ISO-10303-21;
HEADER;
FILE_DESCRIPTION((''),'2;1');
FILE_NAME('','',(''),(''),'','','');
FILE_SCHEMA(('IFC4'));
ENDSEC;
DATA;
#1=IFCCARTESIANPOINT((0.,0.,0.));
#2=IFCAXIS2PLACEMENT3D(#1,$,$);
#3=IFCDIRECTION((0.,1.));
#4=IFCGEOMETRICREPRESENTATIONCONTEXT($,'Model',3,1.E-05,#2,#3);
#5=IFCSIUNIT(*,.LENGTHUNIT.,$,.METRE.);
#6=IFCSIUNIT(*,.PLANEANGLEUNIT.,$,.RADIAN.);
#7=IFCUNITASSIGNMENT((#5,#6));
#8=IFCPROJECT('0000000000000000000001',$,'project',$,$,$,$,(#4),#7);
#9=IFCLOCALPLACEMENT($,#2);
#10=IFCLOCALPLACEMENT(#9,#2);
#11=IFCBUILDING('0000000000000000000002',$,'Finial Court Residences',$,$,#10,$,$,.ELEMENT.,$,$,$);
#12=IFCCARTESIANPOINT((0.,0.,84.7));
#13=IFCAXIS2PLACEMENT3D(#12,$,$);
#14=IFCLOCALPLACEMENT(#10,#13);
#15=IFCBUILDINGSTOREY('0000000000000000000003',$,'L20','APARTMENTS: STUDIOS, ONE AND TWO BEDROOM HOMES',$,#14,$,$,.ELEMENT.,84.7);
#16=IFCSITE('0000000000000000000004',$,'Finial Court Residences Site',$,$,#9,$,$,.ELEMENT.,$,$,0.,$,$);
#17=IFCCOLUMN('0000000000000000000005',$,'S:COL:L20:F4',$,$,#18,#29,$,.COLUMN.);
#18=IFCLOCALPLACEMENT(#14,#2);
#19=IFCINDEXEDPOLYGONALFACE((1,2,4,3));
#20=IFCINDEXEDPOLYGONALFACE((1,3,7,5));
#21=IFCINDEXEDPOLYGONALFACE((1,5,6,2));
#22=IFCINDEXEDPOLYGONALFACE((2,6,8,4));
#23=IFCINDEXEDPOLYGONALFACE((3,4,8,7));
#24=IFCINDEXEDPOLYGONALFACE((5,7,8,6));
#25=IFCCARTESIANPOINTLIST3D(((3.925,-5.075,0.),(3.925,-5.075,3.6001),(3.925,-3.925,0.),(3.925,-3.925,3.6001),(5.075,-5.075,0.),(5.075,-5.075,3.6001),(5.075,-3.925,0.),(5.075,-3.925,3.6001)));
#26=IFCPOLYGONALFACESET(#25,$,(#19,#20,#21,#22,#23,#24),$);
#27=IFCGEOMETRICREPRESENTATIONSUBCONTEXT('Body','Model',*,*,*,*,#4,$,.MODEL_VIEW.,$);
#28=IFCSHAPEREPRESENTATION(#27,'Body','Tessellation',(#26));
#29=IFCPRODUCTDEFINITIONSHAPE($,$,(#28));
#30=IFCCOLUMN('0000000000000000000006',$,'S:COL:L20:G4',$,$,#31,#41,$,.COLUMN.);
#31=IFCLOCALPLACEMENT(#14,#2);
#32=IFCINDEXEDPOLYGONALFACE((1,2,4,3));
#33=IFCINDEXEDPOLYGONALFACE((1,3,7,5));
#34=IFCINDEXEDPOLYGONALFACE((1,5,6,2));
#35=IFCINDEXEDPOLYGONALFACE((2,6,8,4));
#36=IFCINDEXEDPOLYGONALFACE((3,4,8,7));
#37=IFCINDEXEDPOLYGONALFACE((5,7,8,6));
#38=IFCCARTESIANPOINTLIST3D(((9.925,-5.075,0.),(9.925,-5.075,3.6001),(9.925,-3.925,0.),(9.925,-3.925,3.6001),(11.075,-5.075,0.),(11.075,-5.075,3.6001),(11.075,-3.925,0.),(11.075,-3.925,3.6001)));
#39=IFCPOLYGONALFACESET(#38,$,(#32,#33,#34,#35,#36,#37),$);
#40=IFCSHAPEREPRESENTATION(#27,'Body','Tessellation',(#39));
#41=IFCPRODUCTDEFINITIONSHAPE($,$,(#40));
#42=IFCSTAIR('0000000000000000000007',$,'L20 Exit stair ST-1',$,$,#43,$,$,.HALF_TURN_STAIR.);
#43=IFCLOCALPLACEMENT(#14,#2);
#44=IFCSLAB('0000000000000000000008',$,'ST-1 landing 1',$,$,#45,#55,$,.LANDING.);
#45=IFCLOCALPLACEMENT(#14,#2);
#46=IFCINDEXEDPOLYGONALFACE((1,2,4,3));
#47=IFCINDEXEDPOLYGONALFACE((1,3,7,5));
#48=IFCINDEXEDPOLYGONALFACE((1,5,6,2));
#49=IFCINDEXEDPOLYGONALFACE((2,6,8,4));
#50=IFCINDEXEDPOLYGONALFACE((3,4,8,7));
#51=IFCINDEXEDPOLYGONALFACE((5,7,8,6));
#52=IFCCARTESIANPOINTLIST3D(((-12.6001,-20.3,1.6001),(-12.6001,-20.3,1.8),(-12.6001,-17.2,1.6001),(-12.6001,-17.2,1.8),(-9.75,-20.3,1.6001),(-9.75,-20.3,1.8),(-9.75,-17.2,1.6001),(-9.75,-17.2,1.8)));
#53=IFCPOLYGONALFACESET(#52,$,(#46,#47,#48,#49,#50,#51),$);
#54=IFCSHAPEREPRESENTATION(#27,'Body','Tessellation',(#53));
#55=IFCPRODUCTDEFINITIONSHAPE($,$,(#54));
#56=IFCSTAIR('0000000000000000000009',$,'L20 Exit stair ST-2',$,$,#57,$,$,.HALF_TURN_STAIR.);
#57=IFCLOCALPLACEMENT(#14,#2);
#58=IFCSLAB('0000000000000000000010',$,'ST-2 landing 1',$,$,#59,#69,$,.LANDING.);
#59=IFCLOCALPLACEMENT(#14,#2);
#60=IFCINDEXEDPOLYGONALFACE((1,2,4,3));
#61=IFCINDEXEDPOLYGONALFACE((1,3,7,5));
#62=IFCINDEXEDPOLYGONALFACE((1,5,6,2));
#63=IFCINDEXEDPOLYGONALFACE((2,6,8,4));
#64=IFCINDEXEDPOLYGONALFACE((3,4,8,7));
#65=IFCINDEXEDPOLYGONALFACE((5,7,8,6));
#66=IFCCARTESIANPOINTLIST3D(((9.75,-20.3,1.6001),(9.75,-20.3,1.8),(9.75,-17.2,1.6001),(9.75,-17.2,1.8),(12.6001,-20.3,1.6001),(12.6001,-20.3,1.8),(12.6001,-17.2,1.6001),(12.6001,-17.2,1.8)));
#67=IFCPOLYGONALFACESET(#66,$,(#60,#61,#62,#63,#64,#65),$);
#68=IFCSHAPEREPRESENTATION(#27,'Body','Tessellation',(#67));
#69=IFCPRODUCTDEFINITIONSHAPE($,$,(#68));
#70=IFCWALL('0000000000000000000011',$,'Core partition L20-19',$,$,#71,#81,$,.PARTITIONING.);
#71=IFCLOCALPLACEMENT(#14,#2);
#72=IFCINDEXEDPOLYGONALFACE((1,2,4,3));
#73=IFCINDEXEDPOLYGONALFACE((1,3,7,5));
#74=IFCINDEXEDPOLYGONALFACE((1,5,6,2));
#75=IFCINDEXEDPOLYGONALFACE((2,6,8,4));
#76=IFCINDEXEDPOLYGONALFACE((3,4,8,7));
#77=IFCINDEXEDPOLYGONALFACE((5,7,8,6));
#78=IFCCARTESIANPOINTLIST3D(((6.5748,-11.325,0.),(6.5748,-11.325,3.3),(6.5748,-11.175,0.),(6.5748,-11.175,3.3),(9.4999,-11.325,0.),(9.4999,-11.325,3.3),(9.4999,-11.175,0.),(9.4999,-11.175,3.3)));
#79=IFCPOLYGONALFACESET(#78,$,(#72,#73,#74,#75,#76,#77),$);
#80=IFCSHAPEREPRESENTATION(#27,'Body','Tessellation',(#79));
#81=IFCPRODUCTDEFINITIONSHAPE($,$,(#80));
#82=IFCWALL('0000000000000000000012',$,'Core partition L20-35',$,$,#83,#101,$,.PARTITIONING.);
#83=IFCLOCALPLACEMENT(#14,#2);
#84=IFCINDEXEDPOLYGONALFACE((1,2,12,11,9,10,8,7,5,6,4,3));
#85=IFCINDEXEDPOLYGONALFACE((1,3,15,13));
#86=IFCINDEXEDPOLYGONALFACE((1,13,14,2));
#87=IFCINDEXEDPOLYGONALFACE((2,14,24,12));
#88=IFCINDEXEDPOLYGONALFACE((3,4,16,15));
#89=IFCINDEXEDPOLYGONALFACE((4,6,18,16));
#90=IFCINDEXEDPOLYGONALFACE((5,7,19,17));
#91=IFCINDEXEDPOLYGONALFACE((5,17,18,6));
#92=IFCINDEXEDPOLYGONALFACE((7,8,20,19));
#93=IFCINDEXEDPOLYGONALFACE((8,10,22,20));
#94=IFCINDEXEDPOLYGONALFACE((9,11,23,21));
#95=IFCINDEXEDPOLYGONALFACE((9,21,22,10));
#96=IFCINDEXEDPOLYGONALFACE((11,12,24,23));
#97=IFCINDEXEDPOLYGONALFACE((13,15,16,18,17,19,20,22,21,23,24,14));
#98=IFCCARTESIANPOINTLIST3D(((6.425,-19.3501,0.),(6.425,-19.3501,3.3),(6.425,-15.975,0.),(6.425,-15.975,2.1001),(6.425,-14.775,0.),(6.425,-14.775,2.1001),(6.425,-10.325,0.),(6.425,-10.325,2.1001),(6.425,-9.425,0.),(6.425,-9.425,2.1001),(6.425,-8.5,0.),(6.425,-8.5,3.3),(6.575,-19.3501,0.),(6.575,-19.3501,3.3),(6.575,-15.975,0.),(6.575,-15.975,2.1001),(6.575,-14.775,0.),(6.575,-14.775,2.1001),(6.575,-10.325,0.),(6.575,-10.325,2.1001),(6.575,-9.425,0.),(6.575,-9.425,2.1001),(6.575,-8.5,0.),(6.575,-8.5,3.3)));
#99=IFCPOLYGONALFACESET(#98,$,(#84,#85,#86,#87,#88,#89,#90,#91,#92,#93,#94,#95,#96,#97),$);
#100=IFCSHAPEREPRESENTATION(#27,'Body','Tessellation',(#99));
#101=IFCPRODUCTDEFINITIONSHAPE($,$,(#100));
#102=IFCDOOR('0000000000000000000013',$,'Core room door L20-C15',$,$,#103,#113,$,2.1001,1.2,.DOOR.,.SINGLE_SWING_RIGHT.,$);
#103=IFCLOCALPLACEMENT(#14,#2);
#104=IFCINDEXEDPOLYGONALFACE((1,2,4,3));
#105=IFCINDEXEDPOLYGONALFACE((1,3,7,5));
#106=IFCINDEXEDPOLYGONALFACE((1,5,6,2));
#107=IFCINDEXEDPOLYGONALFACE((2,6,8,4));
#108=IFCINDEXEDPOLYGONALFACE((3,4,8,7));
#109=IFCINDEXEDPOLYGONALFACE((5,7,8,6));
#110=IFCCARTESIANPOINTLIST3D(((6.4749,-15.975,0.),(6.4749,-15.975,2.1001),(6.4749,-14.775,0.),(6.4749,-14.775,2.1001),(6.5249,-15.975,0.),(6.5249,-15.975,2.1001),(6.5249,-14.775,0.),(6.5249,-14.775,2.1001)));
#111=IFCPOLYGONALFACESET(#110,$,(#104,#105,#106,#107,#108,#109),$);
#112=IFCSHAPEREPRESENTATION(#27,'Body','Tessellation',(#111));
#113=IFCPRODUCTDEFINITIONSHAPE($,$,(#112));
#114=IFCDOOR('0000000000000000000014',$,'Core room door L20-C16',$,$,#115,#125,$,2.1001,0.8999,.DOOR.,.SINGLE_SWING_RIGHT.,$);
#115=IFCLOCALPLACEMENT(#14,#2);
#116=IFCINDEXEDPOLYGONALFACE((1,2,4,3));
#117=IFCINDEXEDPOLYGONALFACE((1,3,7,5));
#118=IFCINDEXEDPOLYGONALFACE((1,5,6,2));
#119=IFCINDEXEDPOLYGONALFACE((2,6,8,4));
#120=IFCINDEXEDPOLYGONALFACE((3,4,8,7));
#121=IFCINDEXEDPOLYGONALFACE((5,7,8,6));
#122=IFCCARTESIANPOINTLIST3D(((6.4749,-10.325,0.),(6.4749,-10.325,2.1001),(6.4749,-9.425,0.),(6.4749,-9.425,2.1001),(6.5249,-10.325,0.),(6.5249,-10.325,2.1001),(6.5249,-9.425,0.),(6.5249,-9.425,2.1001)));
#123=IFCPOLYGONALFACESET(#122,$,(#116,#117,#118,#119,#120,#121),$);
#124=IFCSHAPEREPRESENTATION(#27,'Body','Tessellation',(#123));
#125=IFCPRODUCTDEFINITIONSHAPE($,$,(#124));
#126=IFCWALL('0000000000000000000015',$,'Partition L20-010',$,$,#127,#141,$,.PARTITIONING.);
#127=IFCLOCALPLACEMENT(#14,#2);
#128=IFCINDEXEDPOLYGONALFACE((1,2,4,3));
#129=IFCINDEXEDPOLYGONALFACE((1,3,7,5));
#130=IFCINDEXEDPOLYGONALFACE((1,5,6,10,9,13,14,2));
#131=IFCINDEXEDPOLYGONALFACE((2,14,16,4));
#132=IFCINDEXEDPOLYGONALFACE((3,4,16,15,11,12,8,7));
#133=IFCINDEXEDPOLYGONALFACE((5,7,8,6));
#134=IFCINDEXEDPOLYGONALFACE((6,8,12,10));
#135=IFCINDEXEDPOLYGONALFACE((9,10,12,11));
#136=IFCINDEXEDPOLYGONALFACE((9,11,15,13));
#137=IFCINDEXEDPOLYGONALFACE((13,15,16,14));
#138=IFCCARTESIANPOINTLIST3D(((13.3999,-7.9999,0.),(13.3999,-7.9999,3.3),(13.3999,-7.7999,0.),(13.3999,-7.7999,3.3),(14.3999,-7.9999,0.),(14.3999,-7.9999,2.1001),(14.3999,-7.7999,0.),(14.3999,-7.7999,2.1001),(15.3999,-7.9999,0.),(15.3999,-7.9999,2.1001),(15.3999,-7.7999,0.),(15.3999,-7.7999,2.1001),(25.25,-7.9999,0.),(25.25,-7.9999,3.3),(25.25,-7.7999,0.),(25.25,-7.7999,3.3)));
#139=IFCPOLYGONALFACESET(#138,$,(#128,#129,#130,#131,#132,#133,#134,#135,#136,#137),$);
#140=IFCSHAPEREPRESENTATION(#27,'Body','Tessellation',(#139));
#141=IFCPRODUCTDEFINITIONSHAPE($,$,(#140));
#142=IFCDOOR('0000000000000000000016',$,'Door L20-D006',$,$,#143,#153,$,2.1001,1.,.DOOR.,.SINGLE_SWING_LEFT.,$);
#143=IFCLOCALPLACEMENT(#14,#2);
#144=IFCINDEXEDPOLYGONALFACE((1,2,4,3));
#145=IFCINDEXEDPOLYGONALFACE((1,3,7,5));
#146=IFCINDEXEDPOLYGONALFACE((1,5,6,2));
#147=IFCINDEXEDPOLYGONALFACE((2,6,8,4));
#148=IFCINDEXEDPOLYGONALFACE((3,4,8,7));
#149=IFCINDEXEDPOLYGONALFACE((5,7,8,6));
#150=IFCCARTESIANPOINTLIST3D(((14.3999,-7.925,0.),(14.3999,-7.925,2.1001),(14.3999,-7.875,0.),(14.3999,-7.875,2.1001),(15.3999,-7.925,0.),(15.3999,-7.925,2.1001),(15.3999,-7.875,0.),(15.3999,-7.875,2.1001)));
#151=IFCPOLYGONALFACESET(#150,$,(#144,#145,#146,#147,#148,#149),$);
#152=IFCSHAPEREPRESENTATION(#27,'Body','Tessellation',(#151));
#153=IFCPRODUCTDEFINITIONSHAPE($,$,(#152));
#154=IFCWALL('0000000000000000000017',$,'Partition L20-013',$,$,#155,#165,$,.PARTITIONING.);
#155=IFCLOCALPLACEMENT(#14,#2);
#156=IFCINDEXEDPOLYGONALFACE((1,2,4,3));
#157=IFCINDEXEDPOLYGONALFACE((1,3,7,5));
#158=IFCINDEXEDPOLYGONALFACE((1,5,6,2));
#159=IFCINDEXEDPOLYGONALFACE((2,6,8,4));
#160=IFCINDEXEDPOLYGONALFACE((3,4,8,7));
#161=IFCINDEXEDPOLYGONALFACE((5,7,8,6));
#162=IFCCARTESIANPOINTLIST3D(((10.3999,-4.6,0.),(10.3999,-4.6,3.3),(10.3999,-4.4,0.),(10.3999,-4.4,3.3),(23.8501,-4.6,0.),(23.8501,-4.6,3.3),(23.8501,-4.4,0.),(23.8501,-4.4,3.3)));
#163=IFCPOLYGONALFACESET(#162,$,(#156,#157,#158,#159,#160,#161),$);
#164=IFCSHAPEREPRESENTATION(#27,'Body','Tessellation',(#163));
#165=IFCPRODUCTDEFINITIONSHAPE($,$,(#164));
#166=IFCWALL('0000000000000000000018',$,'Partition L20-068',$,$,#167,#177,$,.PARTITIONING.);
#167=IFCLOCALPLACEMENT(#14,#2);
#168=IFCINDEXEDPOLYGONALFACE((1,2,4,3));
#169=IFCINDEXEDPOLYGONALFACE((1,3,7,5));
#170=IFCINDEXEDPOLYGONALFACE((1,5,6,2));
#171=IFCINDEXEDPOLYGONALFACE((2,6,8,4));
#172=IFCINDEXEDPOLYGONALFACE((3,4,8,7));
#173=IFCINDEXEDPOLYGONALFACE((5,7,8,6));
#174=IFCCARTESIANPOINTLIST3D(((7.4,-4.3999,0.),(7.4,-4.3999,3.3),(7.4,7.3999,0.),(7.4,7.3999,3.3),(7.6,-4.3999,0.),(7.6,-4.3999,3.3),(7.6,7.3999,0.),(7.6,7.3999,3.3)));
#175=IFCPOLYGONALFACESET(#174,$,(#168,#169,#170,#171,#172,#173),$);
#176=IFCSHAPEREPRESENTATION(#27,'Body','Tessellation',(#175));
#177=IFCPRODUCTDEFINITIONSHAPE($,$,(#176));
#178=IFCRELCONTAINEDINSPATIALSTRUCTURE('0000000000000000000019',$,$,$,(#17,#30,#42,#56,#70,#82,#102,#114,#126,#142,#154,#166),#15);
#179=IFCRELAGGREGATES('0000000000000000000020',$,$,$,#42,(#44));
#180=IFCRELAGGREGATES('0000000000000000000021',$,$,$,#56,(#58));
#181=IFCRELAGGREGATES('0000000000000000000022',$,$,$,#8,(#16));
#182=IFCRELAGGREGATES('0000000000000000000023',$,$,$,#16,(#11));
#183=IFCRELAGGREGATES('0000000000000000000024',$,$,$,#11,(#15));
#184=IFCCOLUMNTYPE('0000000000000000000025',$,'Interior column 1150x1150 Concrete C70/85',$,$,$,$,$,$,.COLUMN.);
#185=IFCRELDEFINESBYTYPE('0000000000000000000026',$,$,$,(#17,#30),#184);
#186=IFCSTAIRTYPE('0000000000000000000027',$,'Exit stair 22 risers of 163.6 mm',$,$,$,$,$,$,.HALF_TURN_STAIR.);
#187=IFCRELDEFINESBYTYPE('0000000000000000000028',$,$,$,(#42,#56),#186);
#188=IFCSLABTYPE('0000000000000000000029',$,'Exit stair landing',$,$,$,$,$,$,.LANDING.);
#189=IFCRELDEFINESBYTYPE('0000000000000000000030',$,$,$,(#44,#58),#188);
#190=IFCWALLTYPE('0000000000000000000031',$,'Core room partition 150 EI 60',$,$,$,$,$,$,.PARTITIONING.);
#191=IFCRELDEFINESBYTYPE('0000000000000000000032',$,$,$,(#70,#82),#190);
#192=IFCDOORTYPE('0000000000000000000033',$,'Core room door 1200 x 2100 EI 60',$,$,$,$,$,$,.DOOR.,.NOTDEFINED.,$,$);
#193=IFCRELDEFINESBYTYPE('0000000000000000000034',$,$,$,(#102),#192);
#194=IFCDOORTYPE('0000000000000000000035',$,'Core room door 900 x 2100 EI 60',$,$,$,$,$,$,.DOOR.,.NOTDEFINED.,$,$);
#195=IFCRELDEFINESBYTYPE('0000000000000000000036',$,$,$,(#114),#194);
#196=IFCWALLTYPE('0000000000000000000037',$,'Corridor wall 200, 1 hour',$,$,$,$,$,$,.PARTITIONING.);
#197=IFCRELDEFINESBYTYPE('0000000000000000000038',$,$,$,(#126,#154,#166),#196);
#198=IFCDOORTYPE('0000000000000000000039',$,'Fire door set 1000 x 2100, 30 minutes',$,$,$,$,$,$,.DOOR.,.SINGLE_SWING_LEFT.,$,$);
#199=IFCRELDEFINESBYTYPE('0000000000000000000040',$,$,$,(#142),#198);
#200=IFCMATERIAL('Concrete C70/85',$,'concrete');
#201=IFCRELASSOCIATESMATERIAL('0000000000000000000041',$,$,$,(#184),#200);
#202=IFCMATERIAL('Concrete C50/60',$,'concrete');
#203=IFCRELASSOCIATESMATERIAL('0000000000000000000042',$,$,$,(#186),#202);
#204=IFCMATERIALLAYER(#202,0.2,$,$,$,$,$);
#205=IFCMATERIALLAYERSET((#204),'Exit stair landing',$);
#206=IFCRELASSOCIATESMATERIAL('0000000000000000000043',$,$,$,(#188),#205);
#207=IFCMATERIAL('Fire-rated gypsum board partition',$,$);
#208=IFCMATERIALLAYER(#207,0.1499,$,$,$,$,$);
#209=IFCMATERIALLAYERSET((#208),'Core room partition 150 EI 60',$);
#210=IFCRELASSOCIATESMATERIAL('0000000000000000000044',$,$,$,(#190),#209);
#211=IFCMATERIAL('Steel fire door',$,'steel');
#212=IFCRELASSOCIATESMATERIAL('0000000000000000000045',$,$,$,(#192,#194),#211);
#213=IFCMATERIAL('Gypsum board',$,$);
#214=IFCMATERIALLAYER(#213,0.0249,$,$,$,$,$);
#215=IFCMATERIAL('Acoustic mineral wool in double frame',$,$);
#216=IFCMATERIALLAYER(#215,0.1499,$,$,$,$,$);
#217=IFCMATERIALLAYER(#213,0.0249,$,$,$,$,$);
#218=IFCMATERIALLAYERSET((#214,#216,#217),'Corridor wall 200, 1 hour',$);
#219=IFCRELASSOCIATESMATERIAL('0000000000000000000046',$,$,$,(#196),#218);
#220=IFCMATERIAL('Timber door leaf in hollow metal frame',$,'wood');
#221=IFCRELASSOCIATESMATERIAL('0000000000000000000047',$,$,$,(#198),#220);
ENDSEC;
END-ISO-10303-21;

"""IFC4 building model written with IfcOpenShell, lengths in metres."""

from ifc_helpers import new_model, si_unit, direction, frame, frame_2d, origin, origin_2d, place, context, subcontext, project, spatial, polyline, rectangle, outline, extrude, material, layer, layer_set, material_profile, profile_set, type_object, element, fill, aggregate, save


model = new_model("IFC4")

# Units and contexts
model_context = context("Model", 3, precision=1e-05, world=origin(), true_north=direction((0.0, 1.0)))
body_context = subcontext(model_context, "Body", "Model", "MODEL_VIEW")
ifc_project = project(units=[si_unit("LENGTHUNIT", "METRE"), si_unit("PLANEANGLEUNIT", "RADIAN")], contexts=[model_context])

# Site, building, storey
site_placement = place(None, origin())
site = spatial("IfcSite", under=ifc_project, at=site_placement, Name="Finial Court Residences Site", CompositionType="ELEMENT", RefElevation=0.0)
building_placement = place(site_placement, origin())
building = spatial("IfcBuilding", under=site, at=building_placement, Name="Finial Court Residences", CompositionType="ELEMENT")
storey_placement = place(building_placement, frame((0.0, 0.0, 84.7)))
storey = spatial("IfcBuildingStorey", under=building, at=storey_placement, Name="L20", Description="APARTMENTS: STUDIOS, ONE AND TWO BEDROOM HOMES", CompositionType="ELEMENT", Elevation=84.7)

# Columns
ifc_material_1 = material(Name="Concrete C70/85", Category="concrete")
ifc_material_profile = material_profile(ifc_material_1, rectangle(XDim=1.1499, YDim=1.1499, at=origin_2d()), Name="1150x1150")
ifc_profile_set = profile_set([ifc_material_profile], Name="Concrete C70/85")
column_type = type_object("IfcColumnType", Name="Interior column 1150x1150 Concrete C70/85", PredefinedType="COLUMN", material=ifc_profile_set)
for number, where, z_axis, x_axis, name in (
    (1, (4.5, -4.5, 0.0), (0.0, 0.0, 1.0), (1.0, 0.0, 0.0), "S:COL:L20:F4"),
    (2, (10.5, -4.5, 0.0), (0.0, 0.0, 1.0), (1.0, 0.0, 0.0), "S:COL:L20:G4"),
):
    element("IfcColumn", number, at=place(storey_placement, frame(where, z_axis=z_axis, x_axis=x_axis)), inside=storey, type_object=column_type, Name=name, PredefinedType="COLUMN", context=body_context, shape_type="SweptSolid", body=[
        extrude(rectangle(XDim=1.1499, YDim=1.1499, at=origin_2d()), origin(), (0.0, 0.0, 1.0), 3.6001),
    ])

# Stairs, slabs
ifc_material_2 = material(Name="Concrete C50/60", Category="concrete")
stair_type = type_object("IfcStairType", Name="Exit stair 22 risers of 163.6 mm", PredefinedType="HALF_TURN_STAIR", material=ifc_material_2)
stair_1_placement = place(storey_placement, origin())
stair_1 = element("IfcStair", 3, at=stair_1_placement, inside=storey, type_object=stair_type, Name="L20 Exit stair ST-1", PredefinedType="HALF_TURN_STAIR")
ifc_layer_1 = layer(ifc_material_2, 0.2)
ifc_layer_set_1 = layer_set([ifc_layer_1], Name="Exit stair landing")
slab_type = type_object("IfcSlabType", Name="Exit stair landing", PredefinedType="LANDING", material=ifc_layer_set_1)
slab_1_placement = place(storey_placement, frame((0.0, 0.0, 1.6001)))
slab_1 = element("IfcSlab", 4, at=slab_1_placement, type_object=slab_type, Name="ST-1 landing 1", PredefinedType="LANDING", context=body_context, shape_type="SweptSolid", body=[
    extrude(outline(polyline([(-9.75, -20.3), (-9.75, -17.2), (-12.6001, -17.2), (-12.6001, -20.3), (-9.75, -20.3)])), origin(), (0.0, 0.0, 1.0), 0.2),
])
aggregate(stair_1, [slab_1])
stair_2_placement = place(storey_placement, origin())
stair_2 = element("IfcStair", 5, at=stair_2_placement, inside=storey, type_object=stair_type, Name="L20 Exit stair ST-2", PredefinedType="HALF_TURN_STAIR")
slab_2_placement = place(storey_placement, frame((0.0, 0.0, 1.6001)))
slab_2 = element("IfcSlab", 6, at=slab_2_placement, type_object=slab_type, Name="ST-2 landing 1", PredefinedType="LANDING", context=body_context, shape_type="SweptSolid", body=[
    extrude(outline(polyline([(12.6001, -20.3), (12.6001, -17.2), (9.75, -17.2), (9.75, -20.3), (12.6001, -20.3)])), origin(), (0.0, 0.0, 1.0), 0.2),
])
aggregate(stair_2, [slab_2])

# Wall
ifc_material_3 = material(Name="Fire-rated gypsum board partition")
ifc_layer_2 = layer(ifc_material_3, 0.1499)
ifc_layer_set_2 = layer_set([ifc_layer_2], Name="Core room partition 150 EI 60")
wall_type_1 = type_object("IfcWallType", Name="Core room partition 150 EI 60", PredefinedType="PARTITIONING", material=ifc_layer_set_2)
wall_1_placement = place(storey_placement, frame((6.575, -11.25, 0.0), z_axis=(0.0, 0.0, 1.0), x_axis=(1.0, 0.0, 0.0)))
element("IfcWall", 7, at=wall_1_placement, inside=storey, type_object=wall_type_1, Name="Core partition L20-19", PredefinedType="PARTITIONING", context=body_context, shape_type="SweptSolid", body=[
    extrude(rectangle(XDim=2.925, YDim=0.1499, at=frame_2d((1.4624, 0.0))), origin(), (0.0, 0.0, 1.0), 3.3),
])

# Wall, openings, doors
wall_2_placement = place(storey_placement, frame((6.5, -8.5, 0.0), z_axis=(0.0, 0.0, 1.0), x_axis=(0.0, -1.0, 0.0)))
wall_2 = element("IfcWall", 8, at=wall_2_placement, inside=storey, type_object=wall_type_1, Name="Core partition L20-35", PredefinedType="PARTITIONING", context=body_context, shape_type="SweptSolid", body=[
    extrude(rectangle(XDim=10.8501, YDim=0.1499, at=frame_2d((5.425, 0.0))), origin(), (0.0, 0.0, 1.0), 3.3),
])
opening_1_placement = place(wall_2_placement, frame((6.2749, 0.0, 0.0)))
opening_1 = element("IfcOpeningElement", 9, at=opening_1_placement, cuts=wall_2, PredefinedType="OPENING", context=body_context, shape_type="SweptSolid", body=[
    extrude(rectangle(XDim=1.2, YDim=2.1001, at=frame_2d((0.6001, 1.05))), frame((0.0, 0.085, 0.0), z_axis=(0.0, -1.0, 0.0), x_axis=(1.0, 0.0, 0.0)), (0.0, 0.0, 1.0), 0.1699),
])
opening_2_placement = place(wall_2_placement, frame((0.925, 0.0, 0.0)))
opening_2 = element("IfcOpeningElement", 10, at=opening_2_placement, cuts=wall_2, PredefinedType="OPENING", context=body_context, shape_type="SweptSolid", body=[
    extrude(rectangle(XDim=0.8999, YDim=2.1001, at=frame_2d((0.45, 1.05))), frame((0.0, 0.085, 0.0), z_axis=(0.0, -1.0, 0.0), x_axis=(1.0, 0.0, 0.0)), (0.0, 0.0, 1.0), 0.1699),
])
ifc_material_4 = material(Name="Steel fire door", Category="steel")
door_type_1 = type_object("IfcDoorType", Name="Core room door 1200 x 2100 EI 60", OperationType="NOTDEFINED", PredefinedType="DOOR", material=ifc_material_4)
door_1_placement = place(opening_1_placement, origin())
door_1 = element("IfcDoor", 11, at=door_1_placement, inside=storey, type_object=door_type_1, Name="Core room door L20-C15", OperationType="SINGLE_SWING_RIGHT", OverallHeight=2.1001, OverallWidth=1.2, PredefinedType="DOOR", context=body_context, shape_type="SweptSolid", body=[
    extrude(rectangle(XDim=1.2, YDim=2.1001, at=frame_2d((0.6001, 1.05))), frame((0.0, 0.0249, 0.0), z_axis=(0.0, -1.0, 0.0), x_axis=(1.0, 0.0, 0.0)), (0.0, 0.0, 1.0), 0.05),
])
fill(opening_1, door_1)
door_type_2 = type_object("IfcDoorType", Name="Core room door 900 x 2100 EI 60", OperationType="NOTDEFINED", PredefinedType="DOOR", material=ifc_material_4)
door_2_placement = place(opening_2_placement, origin())
door_2 = element("IfcDoor", 12, at=door_2_placement, inside=storey, type_object=door_type_2, Name="Core room door L20-C16", OperationType="SINGLE_SWING_RIGHT", OverallHeight=2.1001, OverallWidth=0.8999, PredefinedType="DOOR", context=body_context, shape_type="SweptSolid", body=[
    extrude(rectangle(XDim=0.8999, YDim=2.1001, at=frame_2d((0.45, 1.05))), frame((0.0, 0.0249, 0.0), z_axis=(0.0, -1.0, 0.0), x_axis=(1.0, 0.0, 0.0)), (0.0, 0.0, 1.0), 0.05),
])
fill(opening_2, door_2)

# Wall, opening, door
ifc_material_5 = material(Name="Gypsum board")
ifc_layer_3 = layer(ifc_material_5, 0.0249)
ifc_material_6 = material(Name="Acoustic mineral wool in double frame")
ifc_layer_4 = layer(ifc_material_6, 0.1499)
ifc_layer_5 = layer(ifc_material_5, 0.0249)
ifc_layer_set_3 = layer_set([ifc_layer_3, ifc_layer_4, ifc_layer_5], Name="Corridor wall 200, 1 hour")
wall_type_2 = type_object("IfcWallType", Name="Corridor wall 200, 1 hour", PredefinedType="PARTITIONING", material=ifc_layer_set_3)
wall_3_placement = place(storey_placement, frame((13.3999, -7.8999, 0.0), z_axis=(0.0, 0.0, 1.0), x_axis=(1.0, 0.0, 0.0)))
wall_3 = element("IfcWall", 13, at=wall_3_placement, inside=storey, type_object=wall_type_2, Name="Partition L20-010", PredefinedType="PARTITIONING", context=body_context, shape_type="SweptSolid", body=[
    extrude(rectangle(XDim=11.8501, YDim=0.2, at=frame_2d((5.925, 0.0))), origin(), (0.0, 0.0, 1.0), 3.3),
])
opening_3_placement = place(wall_3_placement, frame((1.0, 0.0, 0.0)))
opening_3 = element("IfcOpeningElement", 14, at=opening_3_placement, cuts=wall_3, PredefinedType="OPENING", context=body_context, shape_type="SweptSolid", body=[
    extrude(rectangle(XDim=1.0, YDim=2.1001, at=frame_2d((0.5, 1.05))), frame((0.0, 0.1099, 0.0), z_axis=(0.0, -1.0, 0.0), x_axis=(1.0, 0.0, 0.0)), (0.0, 0.0, 1.0), 0.22),
])
ifc_material_7 = material(Name="Timber door leaf in hollow metal frame", Category="wood")
door_type_3 = type_object("IfcDoorType", Name="Fire door set 1000 x 2100, 30 minutes", OperationType="SINGLE_SWING_LEFT", PredefinedType="DOOR", material=ifc_material_7)
door_3_placement = place(opening_3_placement, origin())
door_3 = element("IfcDoor", 15, at=door_3_placement, inside=storey, type_object=door_type_3, Name="Door L20-D006", OperationType="SINGLE_SWING_LEFT", OverallHeight=2.1001, OverallWidth=1.0, PredefinedType="DOOR", context=body_context, shape_type="SweptSolid", body=[
    extrude(rectangle(XDim=1.0, YDim=2.1001, at=frame_2d((0.5, 1.05))), frame((0.0, 0.0249, 0.0), z_axis=(0.0, -1.0, 0.0), x_axis=(1.0, 0.0, 0.0)), (0.0, 0.0, 1.0), 0.05),
])
fill(opening_3, door_3)

# Walls
wall_4_placement = place(storey_placement, frame((10.3999, -4.5, 0.0), z_axis=(0.0, 0.0, 1.0), x_axis=(1.0, 0.0, 0.0)))
element("IfcWall", 16, at=wall_4_placement, inside=storey, type_object=wall_type_2, Name="Partition L20-013", PredefinedType="PARTITIONING", context=body_context, shape_type="SweptSolid", body=[
    extrude(rectangle(XDim=13.4502, YDim=0.2, at=frame_2d((6.7251, 0.0))), origin(), (0.0, 0.0, 1.0), 3.3),
])
wall_5_placement = place(storey_placement, frame((7.5, -4.3999, 0.0), z_axis=(0.0, 0.0, 1.0), x_axis=(0.0, 1.0, 0.0)))
element("IfcWall", 17, at=wall_5_placement, inside=storey, type_object=wall_type_2, Name="Partition L20-068", PredefinedType="PARTITIONING", context=body_context, shape_type="SweptSolid", body=[
    extrude(rectangle(XDim=11.7998, YDim=0.2, at=frame_2d((5.8999, 0.0))), origin(), (0.0, 0.0, 1.0), 3.3),
])

save(model, "model.ifc")
